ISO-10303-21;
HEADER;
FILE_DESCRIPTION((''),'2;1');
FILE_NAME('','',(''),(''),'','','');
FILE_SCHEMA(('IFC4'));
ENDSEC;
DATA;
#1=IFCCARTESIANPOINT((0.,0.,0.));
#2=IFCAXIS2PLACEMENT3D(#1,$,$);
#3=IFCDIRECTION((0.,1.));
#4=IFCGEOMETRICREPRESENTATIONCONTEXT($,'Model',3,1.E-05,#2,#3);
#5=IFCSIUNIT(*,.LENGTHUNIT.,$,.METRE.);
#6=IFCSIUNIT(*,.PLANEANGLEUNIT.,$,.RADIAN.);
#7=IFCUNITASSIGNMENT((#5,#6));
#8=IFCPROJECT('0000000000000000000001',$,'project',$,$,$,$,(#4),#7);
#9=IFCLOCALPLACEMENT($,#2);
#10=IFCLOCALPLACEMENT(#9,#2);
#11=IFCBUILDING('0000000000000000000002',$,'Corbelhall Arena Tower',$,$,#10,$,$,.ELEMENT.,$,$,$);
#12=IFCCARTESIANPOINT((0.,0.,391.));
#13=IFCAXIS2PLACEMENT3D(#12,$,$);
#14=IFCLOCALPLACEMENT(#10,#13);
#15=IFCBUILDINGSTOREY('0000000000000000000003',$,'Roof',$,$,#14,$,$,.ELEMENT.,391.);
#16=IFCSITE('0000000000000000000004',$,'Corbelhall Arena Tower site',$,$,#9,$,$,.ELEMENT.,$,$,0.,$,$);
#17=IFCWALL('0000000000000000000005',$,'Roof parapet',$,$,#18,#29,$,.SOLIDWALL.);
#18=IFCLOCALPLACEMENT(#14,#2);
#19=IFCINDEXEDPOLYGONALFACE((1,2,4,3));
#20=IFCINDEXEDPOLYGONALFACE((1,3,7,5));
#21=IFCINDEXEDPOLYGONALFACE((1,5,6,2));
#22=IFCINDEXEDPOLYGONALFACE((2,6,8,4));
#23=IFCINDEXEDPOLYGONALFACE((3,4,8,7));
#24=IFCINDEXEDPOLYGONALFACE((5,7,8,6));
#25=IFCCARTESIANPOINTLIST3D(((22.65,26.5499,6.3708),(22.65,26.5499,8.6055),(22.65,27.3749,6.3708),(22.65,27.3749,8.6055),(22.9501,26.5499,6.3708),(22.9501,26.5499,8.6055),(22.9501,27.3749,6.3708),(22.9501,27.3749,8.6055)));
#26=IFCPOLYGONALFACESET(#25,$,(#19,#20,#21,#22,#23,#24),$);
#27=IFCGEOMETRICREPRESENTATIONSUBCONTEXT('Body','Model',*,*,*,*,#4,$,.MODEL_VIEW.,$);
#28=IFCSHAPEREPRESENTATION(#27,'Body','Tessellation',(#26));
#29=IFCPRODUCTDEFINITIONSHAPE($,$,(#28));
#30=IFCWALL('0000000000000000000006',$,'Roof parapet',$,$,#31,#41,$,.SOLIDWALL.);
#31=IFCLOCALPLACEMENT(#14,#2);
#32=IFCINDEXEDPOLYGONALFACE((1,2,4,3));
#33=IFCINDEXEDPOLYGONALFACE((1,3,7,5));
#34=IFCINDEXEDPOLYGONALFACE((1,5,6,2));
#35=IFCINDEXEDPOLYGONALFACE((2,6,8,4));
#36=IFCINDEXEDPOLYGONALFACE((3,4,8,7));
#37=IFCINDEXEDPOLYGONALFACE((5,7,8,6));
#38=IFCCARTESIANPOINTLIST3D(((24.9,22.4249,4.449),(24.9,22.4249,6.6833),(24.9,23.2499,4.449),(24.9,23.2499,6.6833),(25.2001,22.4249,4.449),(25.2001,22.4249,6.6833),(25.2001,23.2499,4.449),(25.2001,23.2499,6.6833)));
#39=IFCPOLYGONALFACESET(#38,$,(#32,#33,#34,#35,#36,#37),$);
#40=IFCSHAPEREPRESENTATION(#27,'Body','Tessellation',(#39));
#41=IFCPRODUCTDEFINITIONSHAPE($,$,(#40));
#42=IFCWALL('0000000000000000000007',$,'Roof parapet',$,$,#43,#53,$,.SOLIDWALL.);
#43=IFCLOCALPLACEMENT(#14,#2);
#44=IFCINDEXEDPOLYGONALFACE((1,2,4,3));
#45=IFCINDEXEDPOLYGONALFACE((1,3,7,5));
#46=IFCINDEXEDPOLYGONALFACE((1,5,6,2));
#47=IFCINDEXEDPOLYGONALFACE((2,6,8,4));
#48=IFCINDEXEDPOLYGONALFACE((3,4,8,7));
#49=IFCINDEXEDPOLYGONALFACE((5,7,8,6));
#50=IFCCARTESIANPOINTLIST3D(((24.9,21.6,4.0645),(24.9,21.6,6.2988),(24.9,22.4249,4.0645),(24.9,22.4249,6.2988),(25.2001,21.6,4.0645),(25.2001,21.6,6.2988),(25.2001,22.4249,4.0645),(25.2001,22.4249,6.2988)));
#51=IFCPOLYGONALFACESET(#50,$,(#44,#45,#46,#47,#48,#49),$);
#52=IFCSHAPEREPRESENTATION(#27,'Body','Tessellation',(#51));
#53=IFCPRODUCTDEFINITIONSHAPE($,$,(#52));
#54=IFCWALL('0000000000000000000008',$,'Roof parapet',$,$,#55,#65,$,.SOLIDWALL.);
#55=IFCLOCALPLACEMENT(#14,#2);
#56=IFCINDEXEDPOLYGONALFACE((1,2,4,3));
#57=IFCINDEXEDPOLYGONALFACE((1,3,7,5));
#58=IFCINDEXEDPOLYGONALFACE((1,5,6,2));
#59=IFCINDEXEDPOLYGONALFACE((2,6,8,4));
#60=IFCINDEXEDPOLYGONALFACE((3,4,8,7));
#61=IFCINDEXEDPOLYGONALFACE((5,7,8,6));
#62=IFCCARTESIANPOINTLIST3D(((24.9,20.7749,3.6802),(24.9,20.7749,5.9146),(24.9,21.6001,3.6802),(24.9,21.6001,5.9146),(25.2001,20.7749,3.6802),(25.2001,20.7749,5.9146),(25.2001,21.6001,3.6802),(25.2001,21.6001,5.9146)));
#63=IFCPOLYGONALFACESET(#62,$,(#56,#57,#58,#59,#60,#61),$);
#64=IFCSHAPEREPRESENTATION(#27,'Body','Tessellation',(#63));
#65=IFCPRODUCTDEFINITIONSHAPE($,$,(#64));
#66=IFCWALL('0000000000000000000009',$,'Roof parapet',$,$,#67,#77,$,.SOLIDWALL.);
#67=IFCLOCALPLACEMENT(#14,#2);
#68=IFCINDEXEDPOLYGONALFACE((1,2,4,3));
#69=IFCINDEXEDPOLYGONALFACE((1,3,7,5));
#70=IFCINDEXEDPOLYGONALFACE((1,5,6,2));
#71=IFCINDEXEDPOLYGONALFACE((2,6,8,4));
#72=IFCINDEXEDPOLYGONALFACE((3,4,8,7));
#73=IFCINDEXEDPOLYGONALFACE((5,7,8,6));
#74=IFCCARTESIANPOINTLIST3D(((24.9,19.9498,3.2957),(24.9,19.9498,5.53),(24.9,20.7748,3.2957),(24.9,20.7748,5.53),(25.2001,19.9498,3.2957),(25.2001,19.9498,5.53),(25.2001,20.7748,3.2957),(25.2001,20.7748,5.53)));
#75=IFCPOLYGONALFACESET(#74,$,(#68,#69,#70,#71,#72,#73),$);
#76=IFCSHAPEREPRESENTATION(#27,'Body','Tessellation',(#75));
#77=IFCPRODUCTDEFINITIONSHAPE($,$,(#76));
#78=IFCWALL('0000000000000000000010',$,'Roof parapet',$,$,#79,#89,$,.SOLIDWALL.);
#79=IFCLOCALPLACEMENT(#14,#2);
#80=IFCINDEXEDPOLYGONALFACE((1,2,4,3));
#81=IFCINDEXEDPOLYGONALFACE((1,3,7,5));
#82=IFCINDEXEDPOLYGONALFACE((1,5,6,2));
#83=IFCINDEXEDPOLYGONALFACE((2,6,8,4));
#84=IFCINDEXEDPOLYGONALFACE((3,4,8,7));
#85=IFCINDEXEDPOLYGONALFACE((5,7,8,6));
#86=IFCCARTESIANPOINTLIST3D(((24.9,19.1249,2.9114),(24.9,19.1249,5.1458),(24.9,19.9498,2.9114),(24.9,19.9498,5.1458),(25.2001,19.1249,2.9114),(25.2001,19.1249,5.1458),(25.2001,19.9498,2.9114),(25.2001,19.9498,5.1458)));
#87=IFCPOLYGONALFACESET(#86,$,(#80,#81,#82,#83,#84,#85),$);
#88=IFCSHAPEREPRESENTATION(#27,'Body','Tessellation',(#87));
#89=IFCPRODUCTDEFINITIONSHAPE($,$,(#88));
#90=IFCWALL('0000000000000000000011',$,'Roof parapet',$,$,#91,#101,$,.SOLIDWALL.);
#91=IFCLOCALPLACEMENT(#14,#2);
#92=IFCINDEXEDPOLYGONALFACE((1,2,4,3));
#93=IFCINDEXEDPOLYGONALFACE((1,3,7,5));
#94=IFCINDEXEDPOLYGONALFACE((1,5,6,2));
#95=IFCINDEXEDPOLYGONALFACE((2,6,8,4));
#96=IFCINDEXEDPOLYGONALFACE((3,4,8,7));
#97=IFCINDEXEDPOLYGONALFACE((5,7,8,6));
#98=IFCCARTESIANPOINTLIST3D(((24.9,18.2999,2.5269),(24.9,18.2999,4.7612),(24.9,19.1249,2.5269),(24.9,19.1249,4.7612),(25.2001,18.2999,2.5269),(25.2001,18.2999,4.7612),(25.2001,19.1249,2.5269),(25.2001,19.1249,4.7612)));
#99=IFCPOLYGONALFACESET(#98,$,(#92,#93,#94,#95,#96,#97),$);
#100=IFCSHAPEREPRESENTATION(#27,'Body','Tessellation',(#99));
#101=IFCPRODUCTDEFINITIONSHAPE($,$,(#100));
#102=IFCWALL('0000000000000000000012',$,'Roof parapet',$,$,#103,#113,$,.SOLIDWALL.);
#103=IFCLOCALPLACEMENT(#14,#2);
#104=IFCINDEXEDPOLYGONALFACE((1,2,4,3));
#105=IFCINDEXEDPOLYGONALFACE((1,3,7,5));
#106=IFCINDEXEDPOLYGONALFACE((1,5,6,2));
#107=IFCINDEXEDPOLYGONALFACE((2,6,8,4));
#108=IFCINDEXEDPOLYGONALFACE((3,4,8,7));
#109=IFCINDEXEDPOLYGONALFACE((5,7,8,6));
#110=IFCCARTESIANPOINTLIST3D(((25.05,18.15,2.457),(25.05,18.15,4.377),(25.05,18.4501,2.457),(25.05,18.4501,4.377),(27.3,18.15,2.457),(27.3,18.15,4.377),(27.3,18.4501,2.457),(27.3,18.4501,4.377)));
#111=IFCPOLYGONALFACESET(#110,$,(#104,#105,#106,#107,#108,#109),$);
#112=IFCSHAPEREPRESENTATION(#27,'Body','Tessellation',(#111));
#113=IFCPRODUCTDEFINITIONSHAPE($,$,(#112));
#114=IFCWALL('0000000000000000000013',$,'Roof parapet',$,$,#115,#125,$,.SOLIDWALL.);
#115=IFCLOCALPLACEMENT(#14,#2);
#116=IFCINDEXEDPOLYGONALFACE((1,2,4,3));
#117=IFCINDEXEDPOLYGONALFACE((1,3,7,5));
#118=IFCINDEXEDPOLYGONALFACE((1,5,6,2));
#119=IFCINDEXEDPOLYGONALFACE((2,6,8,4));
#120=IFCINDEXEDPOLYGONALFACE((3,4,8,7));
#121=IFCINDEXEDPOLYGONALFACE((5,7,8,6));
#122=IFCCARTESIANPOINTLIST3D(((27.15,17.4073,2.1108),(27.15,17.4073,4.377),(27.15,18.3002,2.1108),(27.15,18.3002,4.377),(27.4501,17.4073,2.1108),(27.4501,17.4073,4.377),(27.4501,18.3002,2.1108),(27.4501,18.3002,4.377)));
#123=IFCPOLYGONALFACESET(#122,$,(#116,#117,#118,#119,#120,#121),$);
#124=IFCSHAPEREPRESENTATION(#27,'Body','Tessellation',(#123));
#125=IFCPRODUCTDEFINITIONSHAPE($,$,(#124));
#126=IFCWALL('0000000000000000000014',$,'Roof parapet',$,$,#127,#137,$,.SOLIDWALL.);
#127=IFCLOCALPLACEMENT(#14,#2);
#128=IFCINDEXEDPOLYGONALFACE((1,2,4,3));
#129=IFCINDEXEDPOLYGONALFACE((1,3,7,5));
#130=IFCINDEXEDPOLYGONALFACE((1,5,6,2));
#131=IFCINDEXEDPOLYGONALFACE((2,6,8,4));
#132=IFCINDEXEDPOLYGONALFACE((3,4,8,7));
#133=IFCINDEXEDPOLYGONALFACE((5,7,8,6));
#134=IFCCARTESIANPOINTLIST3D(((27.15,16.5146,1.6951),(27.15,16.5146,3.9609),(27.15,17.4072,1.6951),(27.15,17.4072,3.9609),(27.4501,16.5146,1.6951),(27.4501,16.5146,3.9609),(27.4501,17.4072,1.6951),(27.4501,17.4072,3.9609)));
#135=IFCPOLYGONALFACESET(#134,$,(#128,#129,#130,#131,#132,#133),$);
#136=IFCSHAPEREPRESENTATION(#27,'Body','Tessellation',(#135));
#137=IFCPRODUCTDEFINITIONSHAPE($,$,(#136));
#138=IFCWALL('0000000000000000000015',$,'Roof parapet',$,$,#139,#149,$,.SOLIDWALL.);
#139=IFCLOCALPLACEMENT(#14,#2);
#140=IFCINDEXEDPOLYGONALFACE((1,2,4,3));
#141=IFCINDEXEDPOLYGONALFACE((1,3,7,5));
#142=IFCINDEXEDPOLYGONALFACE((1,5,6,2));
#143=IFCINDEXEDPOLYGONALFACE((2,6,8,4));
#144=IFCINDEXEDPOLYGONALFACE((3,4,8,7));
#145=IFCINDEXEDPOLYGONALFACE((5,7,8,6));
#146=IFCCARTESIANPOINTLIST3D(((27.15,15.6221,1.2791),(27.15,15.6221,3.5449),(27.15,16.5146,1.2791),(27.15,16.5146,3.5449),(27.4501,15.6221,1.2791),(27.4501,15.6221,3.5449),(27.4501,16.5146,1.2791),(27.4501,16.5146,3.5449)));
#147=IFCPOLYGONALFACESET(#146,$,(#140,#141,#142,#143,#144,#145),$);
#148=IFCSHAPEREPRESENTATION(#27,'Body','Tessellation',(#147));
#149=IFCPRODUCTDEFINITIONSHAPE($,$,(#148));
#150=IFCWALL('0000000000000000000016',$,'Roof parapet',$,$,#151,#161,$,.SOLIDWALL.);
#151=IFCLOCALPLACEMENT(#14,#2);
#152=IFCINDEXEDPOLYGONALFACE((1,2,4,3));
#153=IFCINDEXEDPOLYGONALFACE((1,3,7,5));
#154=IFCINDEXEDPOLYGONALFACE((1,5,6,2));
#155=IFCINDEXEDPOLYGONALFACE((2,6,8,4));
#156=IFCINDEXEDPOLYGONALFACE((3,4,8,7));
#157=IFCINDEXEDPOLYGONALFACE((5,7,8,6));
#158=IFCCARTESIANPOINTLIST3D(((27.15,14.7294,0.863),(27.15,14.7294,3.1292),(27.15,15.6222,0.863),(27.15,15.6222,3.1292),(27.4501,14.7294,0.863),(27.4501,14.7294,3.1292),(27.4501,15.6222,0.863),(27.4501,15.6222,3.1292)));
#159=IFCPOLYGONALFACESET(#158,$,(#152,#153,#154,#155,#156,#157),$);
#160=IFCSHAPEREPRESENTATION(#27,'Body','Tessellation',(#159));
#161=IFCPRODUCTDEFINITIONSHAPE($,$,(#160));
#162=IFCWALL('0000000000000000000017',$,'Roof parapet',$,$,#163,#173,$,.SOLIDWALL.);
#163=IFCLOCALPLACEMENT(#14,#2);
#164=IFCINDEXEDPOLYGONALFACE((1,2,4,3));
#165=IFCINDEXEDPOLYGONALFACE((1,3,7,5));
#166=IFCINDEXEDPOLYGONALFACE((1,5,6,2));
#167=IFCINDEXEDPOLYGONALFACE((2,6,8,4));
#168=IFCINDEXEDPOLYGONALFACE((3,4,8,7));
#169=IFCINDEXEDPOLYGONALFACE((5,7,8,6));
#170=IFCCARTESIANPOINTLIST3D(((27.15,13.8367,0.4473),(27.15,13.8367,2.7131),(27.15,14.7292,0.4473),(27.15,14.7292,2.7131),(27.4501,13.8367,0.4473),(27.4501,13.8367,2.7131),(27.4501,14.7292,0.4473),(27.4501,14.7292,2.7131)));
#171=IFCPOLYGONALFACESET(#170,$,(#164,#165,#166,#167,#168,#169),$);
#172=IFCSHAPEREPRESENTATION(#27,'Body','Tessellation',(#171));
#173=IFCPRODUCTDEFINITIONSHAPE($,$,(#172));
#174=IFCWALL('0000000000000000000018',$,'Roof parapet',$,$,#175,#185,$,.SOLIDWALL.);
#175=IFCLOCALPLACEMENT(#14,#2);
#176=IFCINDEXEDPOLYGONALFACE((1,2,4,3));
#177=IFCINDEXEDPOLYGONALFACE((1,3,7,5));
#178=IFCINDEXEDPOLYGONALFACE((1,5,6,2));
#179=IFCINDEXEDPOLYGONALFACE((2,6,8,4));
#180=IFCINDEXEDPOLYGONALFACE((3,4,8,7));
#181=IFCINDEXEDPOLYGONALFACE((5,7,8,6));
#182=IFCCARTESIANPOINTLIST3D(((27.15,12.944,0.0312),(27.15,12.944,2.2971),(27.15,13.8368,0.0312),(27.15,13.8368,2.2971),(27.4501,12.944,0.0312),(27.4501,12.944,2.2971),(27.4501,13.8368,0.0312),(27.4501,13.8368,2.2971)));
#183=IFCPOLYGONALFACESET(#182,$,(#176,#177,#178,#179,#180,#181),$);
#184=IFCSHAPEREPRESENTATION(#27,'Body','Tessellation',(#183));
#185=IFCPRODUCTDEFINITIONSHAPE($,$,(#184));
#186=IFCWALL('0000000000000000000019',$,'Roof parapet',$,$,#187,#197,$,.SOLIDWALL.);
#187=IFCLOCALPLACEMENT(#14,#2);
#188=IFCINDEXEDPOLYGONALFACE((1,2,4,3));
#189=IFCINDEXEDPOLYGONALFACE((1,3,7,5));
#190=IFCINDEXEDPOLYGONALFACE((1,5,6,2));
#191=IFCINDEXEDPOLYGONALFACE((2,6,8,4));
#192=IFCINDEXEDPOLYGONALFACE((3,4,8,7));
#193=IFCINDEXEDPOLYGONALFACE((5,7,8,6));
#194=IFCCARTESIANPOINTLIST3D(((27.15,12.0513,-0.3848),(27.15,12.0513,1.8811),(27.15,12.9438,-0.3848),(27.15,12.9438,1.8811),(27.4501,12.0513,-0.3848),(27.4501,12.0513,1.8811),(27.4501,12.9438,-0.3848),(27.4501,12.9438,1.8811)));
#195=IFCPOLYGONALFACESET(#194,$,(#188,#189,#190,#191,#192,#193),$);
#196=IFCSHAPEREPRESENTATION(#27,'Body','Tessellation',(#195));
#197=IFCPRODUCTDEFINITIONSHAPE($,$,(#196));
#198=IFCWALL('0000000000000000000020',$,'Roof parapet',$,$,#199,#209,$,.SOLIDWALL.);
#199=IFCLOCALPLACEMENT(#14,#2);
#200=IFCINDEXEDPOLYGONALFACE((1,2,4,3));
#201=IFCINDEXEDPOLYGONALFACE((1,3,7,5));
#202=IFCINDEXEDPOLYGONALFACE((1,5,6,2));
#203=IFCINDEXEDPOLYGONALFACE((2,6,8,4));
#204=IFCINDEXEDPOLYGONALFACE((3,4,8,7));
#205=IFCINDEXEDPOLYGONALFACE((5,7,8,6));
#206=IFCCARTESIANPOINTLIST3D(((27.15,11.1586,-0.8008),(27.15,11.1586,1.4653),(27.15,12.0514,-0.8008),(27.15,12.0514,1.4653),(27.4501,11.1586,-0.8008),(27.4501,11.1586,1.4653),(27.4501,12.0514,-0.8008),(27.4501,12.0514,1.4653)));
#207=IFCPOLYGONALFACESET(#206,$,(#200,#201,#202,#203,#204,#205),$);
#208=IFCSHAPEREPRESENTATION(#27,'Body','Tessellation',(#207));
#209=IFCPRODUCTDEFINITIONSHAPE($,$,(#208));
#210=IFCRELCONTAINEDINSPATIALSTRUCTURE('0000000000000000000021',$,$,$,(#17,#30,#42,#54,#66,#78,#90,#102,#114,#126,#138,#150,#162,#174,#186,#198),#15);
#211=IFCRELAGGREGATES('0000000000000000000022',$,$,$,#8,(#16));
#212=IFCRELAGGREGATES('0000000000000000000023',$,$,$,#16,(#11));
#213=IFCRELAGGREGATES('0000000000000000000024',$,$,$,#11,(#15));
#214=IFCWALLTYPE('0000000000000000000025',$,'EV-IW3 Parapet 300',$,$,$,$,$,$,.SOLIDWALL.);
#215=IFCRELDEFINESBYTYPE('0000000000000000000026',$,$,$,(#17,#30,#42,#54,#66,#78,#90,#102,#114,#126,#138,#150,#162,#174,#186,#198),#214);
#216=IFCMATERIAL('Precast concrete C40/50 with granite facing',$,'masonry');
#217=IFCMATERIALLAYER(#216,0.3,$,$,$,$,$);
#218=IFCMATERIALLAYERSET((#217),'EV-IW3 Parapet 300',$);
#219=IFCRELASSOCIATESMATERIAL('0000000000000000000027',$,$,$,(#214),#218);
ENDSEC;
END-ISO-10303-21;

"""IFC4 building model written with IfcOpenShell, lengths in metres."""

from ifc_helpers import new_model, si_unit, direction, frame, frame_2d, origin, place, context, subcontext, project, spatial, rectangle, extrude, material, layer, layer_set, type_object, element, save


model = new_model("IFC4")

# Units and contexts
model_context = context("Model", 3, precision=1e-05, world=origin(), true_north=direction((0.0, 1.0)))
body_context = subcontext(model_context, "Body", "Model", "MODEL_VIEW")
ifc_project = project(units=[si_unit("LENGTHUNIT", "METRE"), si_unit("PLANEANGLEUNIT", "RADIAN")], contexts=[model_context])

# Site, building, storey
site_placement = place(None, origin())
site = spatial("IfcSite", under=ifc_project, at=site_placement, Name="Corbelhall Arena Tower site", CompositionType="ELEMENT", RefElevation=0.0)
building_placement = place(site_placement, origin())
building = spatial("IfcBuilding", under=site, at=building_placement, Name="Corbelhall Arena Tower", CompositionType="ELEMENT")
storey_placement = place(building_placement, frame((0.0, 0.0, 391.0)))
storey = spatial("IfcBuildingStorey", under=building, at=storey_placement, Name="Roof", CompositionType="ELEMENT", Elevation=391.0)

# Walls
ifc_material_1 = material(Name="Precast concrete C40/50 with granite facing", Category="masonry")
ifc_layer_1 = layer(ifc_material_1, 0.3)
ifc_layer_set_1 = layer_set([ifc_layer_1], Name="EV-IW3 Parapet 300")
wall_type = type_object("IfcWallType", Name="EV-IW3 Parapet 300", PredefinedType="SOLIDWALL", material=ifc_layer_set_1)
wall_1_placement = place(storey_placement, frame((22.8, 27.375, 6.3708), z_axis=(0.0, 0.0, 1.0), x_axis=(0.0, -1.0, 0.0)))
element("IfcWall", 1, at=wall_1_placement, inside=storey, type_object=wall_type, Name="Roof parapet", PredefinedType="SOLIDWALL", context=body_context, shape_type="SweptSolid", body=[
    extrude(rectangle(XDim=0.825, YDim=0.3, at=frame_2d((0.4126, 0.0))), origin(), (0.0, 0.0, 1.0), 2.2346),
])
for number, where, z_axis, x_axis, name in (
    (2, (25.05, 23.25, 4.449), (0.0, 0.0, 1.0), (0.0, -1.0, 0.0), "Roof parapet"),
    (3, (25.05, 22.425, 4.0645), (0.0, 0.0, 1.0), (0.0, -1.0, 0.0), "Roof parapet"),
):
    element("IfcWall", number, at=place(storey_placement, frame(where, z_axis=z_axis, x_axis=x_axis)), inside=storey, type_object=wall_type, Name=name, PredefinedType="SOLIDWALL", context=body_context, shape_type="SweptSolid", body=[
        extrude(rectangle(XDim=0.825, YDim=0.3, at=frame_2d((0.4126, 0.0))), origin(), (0.0, 0.0, 1.0), 2.2344),
    ])
wall_2_placement = place(storey_placement, frame((25.05, 21.6001, 3.6802), z_axis=(0.0, 0.0, 1.0), x_axis=(0.0, -1.0, 0.0)))
element("IfcWall", 4, at=wall_2_placement, inside=storey, type_object=wall_type, Name="Roof parapet", PredefinedType="SOLIDWALL", context=body_context, shape_type="SweptSolid", body=[
    extrude(rectangle(XDim=0.8252, YDim=0.3, at=frame_2d((0.4126, 0.0))), origin(), (0.0, 0.0, 1.0), 2.2344),
])
for number, where, z_axis, x_axis, name in (
    (5, (25.05, 20.7749, 3.2957), (0.0, 0.0, 1.0), (0.0, -1.0, 0.0), "Roof parapet"),
    (6, (25.05, 19.95, 2.9114), (0.0, 0.0, 1.0), (0.0, -1.0, 0.0), "Roof parapet"),
    (7, (25.05, 19.125, 2.5269), (0.0, 0.0, 1.0), (0.0, -1.0, 0.0), "Roof parapet"),
):
    element("IfcWall", number, at=place(storey_placement, frame(where, z_axis=z_axis, x_axis=x_axis)), inside=storey, type_object=wall_type, Name=name, PredefinedType="SOLIDWALL", context=body_context, shape_type="SweptSolid", body=[
        extrude(rectangle(XDim=0.825, YDim=0.3, at=frame_2d((0.4126, 0.0))), origin(), (0.0, 0.0, 1.0), 2.2344),
    ])
wall_3_placement = place(storey_placement, frame((25.05, 18.3, 2.457), z_axis=(0.0, 0.0, 1.0), x_axis=(1.0, 0.0, 0.0)))
element("IfcWall", 8, at=wall_3_placement, inside=storey, type_object=wall_type, Name="Roof parapet", PredefinedType="SOLIDWALL", context=body_context, shape_type="SweptSolid", body=[
    extrude(rectangle(XDim=2.25, YDim=0.3, at=frame_2d((1.125, 0.0))), origin(), (0.0, 0.0, 1.0), 1.9199),
])
wall_4_placement = place(storey_placement, frame((27.3, 18.3, 2.1108), z_axis=(0.0, 0.0, 1.0), x_axis=(0.0, -1.0, 0.0)))
element("IfcWall", 9, at=wall_4_placement, inside=storey, type_object=wall_type, Name="Roof parapet", PredefinedType="SOLIDWALL", context=body_context, shape_type="SweptSolid", body=[
    extrude(rectangle(XDim=0.8928, YDim=0.3, at=frame_2d((0.4463, 0.0))), origin(), (0.0, 0.0, 1.0), 2.2661),
])
for number, where, z_axis, x_axis, name in (
    (10, (27.3, 17.4072, 1.6951), (0.0, 0.0, 1.0), (0.0, -1.0, 0.0), "Roof parapet"),
    (11, (27.3, 16.5146, 1.2791), (0.0, 0.0, 1.0), (0.0, -1.0, 0.0), "Roof parapet"),
):
    element("IfcWall", number, at=place(storey_placement, frame(where, z_axis=z_axis, x_axis=x_axis)), inside=storey, type_object=wall_type, Name=name, PredefinedType="SOLIDWALL", context=body_context, shape_type="SweptSolid", body=[
        extrude(rectangle(XDim=0.8926, YDim=0.3, at=frame_2d((0.4463, 0.0))), origin(), (0.0, 0.0, 1.0), 2.2659),
    ])
wall_5_placement = place(storey_placement, frame((27.3, 15.6221, 0.863), z_axis=(0.0, 0.0, 1.0), x_axis=(0.0, -1.0, 0.0)))
element("IfcWall", 12, at=wall_5_placement, inside=storey, type_object=wall_type, Name="Roof parapet", PredefinedType="SOLIDWALL", context=body_context, shape_type="SweptSolid", body=[
    extrude(rectangle(XDim=0.8928, YDim=0.3, at=frame_2d((0.4463, 0.0))), origin(), (0.0, 0.0, 1.0), 2.2661),
])
wall_6_placement = place(storey_placement, frame((27.3, 14.7292, 0.4473), z_axis=(0.0, 0.0, 1.0), x_axis=(0.0, -1.0, 0.0)))
element("IfcWall", 13, at=wall_6_placement, inside=storey, type_object=wall_type, Name="Roof parapet", PredefinedType="SOLIDWALL", context=body_context, shape_type="SweptSolid", body=[
    extrude(rectangle(XDim=0.8926, YDim=0.3, at=frame_2d((0.4463, 0.0))), origin(), (0.0, 0.0, 1.0), 2.2659),
])
wall_7_placement = place(storey_placement, frame((27.3, 13.8367, 0.0312), z_axis=(0.0, 0.0, 1.0), x_axis=(0.0, -1.0, 0.0)))
element("IfcWall", 14, at=wall_7_placement, inside=storey, type_object=wall_type, Name="Roof parapet", PredefinedType="SOLIDWALL", context=body_context, shape_type="SweptSolid", body=[
    extrude(rectangle(XDim=0.8928, YDim=0.3, at=frame_2d((0.4463, 0.0))), origin(), (0.0, 0.0, 1.0), 2.2659),
])
wall_8_placement = place(storey_placement, frame((27.3, 12.9438, -0.3848), z_axis=(0.0, 0.0, 1.0), x_axis=(0.0, -1.0, 0.0)))
element("IfcWall", 15, at=wall_8_placement, inside=storey, type_object=wall_type, Name="Roof parapet", PredefinedType="SOLIDWALL", context=body_context, shape_type="SweptSolid", body=[
    extrude(rectangle(XDim=0.8926, YDim=0.3, at=frame_2d((0.4463, 0.0))), origin(), (0.0, 0.0, 1.0), 2.2659),
])
wall_9_placement = place(storey_placement, frame((27.3, 12.0513, -0.8008), z_axis=(0.0, 0.0, 1.0), x_axis=(0.0, -1.0, 0.0)))
element("IfcWall", 16, at=wall_9_placement, inside=storey, type_object=wall_type, Name="Roof parapet", PredefinedType="SOLIDWALL", context=body_context, shape_type="SweptSolid", body=[
    extrude(rectangle(XDim=0.8928, YDim=0.3, at=frame_2d((0.4463, 0.0))), origin(), (0.0, 0.0, 1.0), 2.2661),
])

save(model, "model.ifc")
